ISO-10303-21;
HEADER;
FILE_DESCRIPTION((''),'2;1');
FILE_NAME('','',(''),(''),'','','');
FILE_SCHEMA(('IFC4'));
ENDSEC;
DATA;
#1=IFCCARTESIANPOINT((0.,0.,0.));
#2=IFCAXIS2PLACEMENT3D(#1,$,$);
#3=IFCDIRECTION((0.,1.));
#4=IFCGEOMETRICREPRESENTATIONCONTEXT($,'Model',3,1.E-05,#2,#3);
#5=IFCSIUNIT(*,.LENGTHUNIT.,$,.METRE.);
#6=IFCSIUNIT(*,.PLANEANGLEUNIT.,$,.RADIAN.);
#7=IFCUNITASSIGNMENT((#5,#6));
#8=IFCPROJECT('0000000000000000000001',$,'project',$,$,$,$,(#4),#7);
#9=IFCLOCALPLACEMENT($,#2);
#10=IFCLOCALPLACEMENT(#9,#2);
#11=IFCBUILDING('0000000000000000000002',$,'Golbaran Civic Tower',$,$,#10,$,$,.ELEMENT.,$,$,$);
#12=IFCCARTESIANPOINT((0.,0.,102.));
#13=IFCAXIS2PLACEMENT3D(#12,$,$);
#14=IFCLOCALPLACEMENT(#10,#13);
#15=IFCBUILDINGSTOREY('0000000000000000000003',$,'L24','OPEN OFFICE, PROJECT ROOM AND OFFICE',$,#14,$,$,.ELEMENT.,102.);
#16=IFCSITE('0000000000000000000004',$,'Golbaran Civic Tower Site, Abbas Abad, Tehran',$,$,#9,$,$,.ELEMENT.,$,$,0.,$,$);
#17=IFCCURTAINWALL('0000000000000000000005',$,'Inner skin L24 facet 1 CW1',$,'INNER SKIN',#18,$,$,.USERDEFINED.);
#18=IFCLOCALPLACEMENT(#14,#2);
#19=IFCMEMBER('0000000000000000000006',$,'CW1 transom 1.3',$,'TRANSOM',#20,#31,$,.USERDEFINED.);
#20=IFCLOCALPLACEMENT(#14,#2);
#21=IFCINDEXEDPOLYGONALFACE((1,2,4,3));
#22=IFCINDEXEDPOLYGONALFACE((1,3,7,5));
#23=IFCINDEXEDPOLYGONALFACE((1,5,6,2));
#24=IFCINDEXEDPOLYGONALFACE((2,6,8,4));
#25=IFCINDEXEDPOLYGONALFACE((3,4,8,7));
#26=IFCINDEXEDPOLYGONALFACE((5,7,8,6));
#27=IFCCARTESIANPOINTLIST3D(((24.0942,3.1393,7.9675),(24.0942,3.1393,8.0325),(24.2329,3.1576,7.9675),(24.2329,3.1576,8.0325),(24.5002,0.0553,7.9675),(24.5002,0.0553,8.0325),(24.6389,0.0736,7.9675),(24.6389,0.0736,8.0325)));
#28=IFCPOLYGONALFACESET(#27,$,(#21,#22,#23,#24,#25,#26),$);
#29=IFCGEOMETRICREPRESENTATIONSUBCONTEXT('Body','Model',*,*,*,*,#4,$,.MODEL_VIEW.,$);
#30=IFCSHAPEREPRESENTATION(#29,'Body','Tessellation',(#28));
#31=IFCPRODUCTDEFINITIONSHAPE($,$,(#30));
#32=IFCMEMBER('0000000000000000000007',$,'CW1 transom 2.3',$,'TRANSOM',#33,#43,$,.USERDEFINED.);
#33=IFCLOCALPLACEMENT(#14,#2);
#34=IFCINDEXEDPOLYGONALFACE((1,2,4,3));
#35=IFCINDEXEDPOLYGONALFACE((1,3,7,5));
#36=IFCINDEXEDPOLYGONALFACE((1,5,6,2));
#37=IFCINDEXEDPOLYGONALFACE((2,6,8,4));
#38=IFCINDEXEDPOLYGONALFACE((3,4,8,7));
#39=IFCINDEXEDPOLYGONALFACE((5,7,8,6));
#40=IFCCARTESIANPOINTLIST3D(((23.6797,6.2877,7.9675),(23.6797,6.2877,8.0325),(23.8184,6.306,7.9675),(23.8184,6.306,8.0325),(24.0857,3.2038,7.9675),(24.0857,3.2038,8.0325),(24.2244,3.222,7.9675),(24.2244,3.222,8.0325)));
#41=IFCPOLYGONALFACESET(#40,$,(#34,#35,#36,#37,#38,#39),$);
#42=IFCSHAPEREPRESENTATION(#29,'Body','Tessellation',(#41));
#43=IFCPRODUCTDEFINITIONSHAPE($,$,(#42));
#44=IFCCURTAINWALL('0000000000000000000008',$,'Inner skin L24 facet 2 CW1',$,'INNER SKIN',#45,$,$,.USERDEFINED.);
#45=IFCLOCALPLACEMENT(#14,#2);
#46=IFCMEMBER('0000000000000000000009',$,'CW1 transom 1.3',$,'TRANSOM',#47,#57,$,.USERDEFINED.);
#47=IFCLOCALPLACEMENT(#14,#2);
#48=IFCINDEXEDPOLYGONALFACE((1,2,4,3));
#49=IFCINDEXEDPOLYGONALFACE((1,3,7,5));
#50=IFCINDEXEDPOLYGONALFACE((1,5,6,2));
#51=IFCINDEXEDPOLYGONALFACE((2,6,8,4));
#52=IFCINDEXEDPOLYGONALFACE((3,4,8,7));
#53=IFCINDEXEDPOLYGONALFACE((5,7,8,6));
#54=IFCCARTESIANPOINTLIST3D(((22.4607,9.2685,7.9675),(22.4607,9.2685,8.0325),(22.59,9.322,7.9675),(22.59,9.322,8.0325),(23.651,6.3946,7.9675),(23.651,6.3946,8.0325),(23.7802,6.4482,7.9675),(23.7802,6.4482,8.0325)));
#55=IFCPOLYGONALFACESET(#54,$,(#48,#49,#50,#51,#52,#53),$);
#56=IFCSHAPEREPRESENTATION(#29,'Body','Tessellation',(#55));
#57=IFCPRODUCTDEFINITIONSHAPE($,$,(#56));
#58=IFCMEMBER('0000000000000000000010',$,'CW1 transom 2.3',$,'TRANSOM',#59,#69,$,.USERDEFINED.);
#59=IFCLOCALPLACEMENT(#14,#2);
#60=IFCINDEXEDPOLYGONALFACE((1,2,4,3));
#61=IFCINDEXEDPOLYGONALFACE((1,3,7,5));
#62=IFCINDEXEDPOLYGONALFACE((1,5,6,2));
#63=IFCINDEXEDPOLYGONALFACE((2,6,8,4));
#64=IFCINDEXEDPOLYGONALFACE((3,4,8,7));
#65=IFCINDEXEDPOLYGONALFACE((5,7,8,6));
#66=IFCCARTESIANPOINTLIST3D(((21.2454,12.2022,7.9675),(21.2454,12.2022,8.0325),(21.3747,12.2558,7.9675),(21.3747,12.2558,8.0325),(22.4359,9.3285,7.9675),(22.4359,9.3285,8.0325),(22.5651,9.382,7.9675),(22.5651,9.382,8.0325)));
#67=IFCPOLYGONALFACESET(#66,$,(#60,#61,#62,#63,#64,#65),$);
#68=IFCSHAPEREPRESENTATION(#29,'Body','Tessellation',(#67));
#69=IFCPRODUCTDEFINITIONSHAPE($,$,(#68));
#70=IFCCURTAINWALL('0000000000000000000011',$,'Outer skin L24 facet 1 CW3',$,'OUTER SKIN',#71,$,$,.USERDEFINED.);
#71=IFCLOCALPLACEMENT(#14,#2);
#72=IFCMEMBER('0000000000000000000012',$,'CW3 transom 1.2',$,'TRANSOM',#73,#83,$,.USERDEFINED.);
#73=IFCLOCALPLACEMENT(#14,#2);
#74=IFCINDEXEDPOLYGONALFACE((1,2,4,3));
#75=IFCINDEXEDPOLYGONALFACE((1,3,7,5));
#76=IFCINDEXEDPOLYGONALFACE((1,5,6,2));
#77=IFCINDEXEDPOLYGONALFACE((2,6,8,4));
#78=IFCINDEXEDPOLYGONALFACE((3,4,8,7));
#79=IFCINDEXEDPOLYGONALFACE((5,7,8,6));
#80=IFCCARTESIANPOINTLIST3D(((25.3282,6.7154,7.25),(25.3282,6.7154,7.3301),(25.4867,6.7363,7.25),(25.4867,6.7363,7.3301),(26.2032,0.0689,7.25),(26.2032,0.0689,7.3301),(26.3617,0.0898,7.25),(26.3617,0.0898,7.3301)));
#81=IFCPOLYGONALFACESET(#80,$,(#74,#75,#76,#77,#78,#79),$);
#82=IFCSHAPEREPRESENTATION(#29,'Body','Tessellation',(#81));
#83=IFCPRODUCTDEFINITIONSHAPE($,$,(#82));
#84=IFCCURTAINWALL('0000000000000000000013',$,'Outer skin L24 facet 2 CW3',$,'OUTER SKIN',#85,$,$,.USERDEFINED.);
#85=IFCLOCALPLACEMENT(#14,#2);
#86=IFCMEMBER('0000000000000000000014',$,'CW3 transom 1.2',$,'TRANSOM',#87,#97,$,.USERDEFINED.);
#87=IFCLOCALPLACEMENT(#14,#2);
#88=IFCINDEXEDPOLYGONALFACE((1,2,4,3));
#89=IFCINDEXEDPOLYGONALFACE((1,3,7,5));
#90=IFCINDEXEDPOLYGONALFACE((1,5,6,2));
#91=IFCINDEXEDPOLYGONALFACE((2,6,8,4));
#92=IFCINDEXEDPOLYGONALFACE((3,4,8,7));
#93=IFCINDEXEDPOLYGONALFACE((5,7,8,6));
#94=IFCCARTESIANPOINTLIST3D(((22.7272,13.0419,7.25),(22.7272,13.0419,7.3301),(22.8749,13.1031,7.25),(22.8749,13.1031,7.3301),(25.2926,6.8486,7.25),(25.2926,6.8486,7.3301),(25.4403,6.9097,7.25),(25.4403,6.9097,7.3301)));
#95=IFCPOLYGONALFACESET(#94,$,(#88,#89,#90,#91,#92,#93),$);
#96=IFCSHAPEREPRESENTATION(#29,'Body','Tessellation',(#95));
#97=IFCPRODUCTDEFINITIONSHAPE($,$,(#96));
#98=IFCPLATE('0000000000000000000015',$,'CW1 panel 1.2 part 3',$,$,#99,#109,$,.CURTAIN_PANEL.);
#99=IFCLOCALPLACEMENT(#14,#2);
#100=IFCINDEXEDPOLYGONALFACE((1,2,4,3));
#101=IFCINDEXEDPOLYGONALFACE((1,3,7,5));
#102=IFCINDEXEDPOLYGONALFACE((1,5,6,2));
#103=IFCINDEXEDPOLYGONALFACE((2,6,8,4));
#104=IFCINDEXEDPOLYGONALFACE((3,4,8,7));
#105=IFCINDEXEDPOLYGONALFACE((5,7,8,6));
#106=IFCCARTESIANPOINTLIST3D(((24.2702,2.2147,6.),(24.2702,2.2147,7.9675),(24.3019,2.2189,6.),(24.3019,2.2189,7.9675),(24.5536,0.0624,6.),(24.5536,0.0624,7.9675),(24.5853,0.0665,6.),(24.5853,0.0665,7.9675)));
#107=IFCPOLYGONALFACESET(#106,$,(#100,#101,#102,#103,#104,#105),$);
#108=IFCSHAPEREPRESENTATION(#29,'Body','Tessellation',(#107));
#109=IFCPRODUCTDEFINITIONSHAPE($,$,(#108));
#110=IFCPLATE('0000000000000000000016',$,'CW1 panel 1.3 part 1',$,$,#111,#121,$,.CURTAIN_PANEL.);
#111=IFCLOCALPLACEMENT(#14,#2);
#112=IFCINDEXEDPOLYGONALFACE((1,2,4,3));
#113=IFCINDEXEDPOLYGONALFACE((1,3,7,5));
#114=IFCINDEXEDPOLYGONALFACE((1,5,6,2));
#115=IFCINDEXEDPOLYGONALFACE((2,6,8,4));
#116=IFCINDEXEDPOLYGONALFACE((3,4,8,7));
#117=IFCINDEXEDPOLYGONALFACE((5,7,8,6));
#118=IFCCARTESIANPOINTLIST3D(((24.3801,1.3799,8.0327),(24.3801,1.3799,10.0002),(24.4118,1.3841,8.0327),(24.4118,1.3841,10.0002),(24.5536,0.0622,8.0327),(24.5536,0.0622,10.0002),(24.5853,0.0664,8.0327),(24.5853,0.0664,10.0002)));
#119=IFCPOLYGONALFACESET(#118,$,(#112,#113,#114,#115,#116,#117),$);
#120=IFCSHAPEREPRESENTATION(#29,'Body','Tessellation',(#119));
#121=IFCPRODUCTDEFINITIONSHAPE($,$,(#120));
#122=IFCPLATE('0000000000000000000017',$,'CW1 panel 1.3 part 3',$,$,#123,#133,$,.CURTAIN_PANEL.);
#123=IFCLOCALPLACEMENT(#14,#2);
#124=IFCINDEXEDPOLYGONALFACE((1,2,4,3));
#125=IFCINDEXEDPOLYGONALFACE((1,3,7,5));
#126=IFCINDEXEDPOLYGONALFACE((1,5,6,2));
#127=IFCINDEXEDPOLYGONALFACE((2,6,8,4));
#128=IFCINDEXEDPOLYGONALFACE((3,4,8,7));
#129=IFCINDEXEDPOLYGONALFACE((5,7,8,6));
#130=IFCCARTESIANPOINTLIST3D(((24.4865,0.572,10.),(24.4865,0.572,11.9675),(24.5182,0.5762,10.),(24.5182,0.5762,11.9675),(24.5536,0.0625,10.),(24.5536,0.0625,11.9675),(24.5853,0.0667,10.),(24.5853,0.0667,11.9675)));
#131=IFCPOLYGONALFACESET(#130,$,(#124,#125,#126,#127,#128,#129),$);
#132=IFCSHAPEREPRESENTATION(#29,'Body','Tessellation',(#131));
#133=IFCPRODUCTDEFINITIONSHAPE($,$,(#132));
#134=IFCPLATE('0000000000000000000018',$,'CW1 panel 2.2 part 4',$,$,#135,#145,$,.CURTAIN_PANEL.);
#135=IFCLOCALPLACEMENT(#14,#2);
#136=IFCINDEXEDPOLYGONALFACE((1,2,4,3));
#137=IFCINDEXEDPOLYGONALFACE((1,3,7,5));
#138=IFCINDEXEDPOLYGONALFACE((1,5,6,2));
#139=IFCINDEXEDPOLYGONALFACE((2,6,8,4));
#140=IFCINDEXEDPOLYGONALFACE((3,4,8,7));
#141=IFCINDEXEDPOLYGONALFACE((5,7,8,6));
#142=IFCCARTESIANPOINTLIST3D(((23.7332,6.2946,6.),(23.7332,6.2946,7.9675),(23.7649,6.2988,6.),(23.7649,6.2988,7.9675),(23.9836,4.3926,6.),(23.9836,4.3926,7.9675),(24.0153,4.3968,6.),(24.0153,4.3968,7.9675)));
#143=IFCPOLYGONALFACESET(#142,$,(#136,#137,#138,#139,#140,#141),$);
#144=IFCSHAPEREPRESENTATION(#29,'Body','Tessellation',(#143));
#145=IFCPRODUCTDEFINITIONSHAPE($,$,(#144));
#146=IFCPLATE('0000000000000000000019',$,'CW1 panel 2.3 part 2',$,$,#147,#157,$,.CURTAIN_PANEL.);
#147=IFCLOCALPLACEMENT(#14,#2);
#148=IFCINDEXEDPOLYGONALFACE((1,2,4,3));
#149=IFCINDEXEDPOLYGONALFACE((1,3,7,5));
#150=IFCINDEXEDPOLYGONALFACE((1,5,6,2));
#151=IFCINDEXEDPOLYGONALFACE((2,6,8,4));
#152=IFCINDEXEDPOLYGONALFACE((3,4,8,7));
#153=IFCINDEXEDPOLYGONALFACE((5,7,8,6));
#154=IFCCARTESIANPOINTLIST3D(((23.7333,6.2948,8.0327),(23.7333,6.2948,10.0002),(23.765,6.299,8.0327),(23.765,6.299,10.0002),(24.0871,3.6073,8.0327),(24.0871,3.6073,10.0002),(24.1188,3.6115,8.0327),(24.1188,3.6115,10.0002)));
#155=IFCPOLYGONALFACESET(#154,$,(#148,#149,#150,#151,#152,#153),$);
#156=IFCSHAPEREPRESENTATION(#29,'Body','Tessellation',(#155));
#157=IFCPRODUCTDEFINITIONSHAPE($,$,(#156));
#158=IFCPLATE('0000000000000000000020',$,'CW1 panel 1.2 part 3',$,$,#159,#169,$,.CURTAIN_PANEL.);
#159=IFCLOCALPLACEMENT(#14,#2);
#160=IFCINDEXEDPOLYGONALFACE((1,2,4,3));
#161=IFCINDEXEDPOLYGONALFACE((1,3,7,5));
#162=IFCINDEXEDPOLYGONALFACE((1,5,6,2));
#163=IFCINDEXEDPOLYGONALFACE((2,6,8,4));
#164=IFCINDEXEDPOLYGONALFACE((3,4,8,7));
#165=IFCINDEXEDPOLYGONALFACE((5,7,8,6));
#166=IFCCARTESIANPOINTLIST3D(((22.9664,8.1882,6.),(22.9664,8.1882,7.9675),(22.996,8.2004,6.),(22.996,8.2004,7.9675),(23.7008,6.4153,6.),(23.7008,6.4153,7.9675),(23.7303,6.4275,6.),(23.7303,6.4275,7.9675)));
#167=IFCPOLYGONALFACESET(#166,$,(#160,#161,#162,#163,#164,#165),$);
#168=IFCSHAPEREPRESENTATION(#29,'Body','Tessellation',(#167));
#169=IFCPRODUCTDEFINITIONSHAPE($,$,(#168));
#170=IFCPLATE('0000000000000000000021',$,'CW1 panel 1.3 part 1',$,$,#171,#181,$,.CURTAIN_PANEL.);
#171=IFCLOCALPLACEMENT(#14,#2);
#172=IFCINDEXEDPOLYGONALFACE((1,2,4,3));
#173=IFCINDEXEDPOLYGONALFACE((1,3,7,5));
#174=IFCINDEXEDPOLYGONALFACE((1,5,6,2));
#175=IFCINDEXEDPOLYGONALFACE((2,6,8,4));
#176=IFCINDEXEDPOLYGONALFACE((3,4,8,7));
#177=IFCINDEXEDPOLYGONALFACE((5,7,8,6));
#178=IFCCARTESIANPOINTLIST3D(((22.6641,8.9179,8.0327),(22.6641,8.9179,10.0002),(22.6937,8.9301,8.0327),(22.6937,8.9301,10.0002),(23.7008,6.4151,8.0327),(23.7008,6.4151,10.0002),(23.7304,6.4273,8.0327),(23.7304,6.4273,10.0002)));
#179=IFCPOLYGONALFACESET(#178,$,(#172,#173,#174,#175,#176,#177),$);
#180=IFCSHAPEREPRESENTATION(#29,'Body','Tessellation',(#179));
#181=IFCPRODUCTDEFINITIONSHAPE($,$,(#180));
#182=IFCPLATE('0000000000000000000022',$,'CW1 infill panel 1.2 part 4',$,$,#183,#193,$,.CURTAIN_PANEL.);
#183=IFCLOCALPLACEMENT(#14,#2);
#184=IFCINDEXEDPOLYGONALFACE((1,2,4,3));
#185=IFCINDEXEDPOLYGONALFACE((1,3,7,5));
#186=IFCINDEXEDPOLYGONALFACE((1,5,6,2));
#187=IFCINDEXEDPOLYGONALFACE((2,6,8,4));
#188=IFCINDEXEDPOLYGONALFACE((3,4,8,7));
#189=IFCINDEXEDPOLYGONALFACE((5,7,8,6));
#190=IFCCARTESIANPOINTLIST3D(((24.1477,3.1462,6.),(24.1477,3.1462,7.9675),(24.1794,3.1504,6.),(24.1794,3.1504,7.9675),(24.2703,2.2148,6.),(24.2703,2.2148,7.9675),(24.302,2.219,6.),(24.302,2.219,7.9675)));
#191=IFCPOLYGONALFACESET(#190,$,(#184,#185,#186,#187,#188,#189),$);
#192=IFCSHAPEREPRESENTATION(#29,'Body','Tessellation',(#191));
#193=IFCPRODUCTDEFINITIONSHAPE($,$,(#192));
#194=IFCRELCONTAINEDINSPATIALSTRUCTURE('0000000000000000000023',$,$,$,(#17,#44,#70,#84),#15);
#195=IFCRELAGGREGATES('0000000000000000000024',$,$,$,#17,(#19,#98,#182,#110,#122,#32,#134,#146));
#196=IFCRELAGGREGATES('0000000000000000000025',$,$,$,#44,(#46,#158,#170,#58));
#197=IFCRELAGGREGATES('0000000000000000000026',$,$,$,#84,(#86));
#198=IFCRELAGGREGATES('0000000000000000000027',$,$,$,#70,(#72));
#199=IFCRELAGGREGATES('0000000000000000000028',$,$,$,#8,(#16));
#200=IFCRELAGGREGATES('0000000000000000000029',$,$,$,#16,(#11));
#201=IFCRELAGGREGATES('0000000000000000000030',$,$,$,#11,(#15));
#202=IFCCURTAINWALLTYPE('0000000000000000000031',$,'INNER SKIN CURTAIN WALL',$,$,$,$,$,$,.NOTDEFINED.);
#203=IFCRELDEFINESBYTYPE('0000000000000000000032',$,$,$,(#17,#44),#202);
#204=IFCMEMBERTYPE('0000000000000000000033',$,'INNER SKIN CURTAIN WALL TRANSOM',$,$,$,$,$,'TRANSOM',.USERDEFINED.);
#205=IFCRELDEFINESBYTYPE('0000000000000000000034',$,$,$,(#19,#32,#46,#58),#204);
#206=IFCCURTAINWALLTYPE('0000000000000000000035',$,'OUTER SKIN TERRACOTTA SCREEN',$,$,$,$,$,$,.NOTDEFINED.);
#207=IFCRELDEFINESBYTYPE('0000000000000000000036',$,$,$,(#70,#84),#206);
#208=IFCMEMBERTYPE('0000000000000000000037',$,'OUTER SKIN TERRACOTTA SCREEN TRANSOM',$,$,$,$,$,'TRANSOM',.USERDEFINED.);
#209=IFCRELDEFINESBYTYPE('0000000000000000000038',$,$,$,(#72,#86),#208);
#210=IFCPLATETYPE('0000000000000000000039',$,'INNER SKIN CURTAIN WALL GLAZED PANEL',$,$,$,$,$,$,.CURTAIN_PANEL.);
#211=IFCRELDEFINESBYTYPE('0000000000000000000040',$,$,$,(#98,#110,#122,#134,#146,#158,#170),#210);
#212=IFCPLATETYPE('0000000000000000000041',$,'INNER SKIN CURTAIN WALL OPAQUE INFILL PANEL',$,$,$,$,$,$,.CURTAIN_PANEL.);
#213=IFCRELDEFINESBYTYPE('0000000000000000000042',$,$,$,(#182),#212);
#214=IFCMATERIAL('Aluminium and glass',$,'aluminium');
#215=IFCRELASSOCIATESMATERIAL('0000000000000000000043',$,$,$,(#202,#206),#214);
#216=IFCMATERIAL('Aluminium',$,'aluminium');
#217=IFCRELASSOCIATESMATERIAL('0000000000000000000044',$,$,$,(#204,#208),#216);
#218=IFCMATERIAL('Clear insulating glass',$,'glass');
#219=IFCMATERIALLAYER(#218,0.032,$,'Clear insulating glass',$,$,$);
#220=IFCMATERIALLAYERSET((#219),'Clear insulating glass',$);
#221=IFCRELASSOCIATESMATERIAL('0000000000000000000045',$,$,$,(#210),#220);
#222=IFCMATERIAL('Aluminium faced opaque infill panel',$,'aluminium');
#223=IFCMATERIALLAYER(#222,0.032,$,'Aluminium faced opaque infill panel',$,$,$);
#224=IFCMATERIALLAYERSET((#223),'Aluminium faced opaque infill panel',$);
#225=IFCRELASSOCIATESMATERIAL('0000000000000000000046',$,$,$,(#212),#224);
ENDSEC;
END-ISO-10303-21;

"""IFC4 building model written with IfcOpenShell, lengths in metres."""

from ifc_helpers import new_model, si_unit, direction, frame, origin, origin_2d, place, context, subcontext, project, spatial, rectangle, extrude, material, layer, layer_set, material_profile, profile_set, type_object, element, aggregate, save


model = new_model("IFC4")

# Units and contexts
model_context = context("Model", 3, precision=1e-05, world=origin(), true_north=direction((0.0, 1.0)))
body_context = subcontext(model_context, "Body", "Model", "MODEL_VIEW")
ifc_project = project(units=[si_unit("LENGTHUNIT", "METRE"), si_unit("PLANEANGLEUNIT", "RADIAN")], contexts=[model_context])

# Site, building, storey
site_placement = place(None, origin())
site = spatial("IfcSite", under=ifc_project, at=site_placement, Name="Golbaran Civic Tower Site, Abbas Abad, Tehran", CompositionType="ELEMENT", RefElevation=0.0)
building_placement = place(site_placement, origin())
building = spatial("IfcBuilding", under=site, at=building_placement, Name="Golbaran Civic Tower", CompositionType="ELEMENT")
storey_placement = place(building_placement, frame((0.0, 0.0, 102.0)))
storey = spatial("IfcBuildingStorey", under=building, at=storey_placement, Name="L24", Description="OPEN OFFICE, PROJECT ROOM AND OFFICE", CompositionType="ELEMENT", Elevation=102.0)

# Curtain walls, members
ifc_material_1 = material(Name="Aluminium and glass", Category="aluminium")
curtain_wall_type_1 = type_object("IfcCurtainWallType", Name="INNER SKIN CURTAIN WALL", PredefinedType="NOTDEFINED", material=ifc_material_1)
curtain_wall_1_placement = place(storey_placement, origin())
curtain_wall_1 = element("IfcCurtainWall", 1, at=curtain_wall_1_placement, inside=storey, type_object=curtain_wall_type_1, Name="Inner skin L24 facet 1 CW1", ObjectType="INNER SKIN", PredefinedType="USERDEFINED")
ifc_material_2 = material(Name="Aluminium", Category="aluminium")
ifc_material_profile_1 = material_profile(ifc_material_2, rectangle(XDim=0.1399, YDim=0.0649, at=origin_2d()), Name="INNER SKIN CURTAIN WALL TRANSOM")
ifc_profile_set_1 = profile_set([ifc_material_profile_1], Name="Aluminium")
member_type_1 = type_object("IfcMemberType", Name="INNER SKIN CURTAIN WALL TRANSOM", ElementType="TRANSOM", PredefinedType="USERDEFINED", material=ifc_profile_set_1)
member_1_placement = place(storey_placement, frame((24.5696, 0.0645, 8.0), z_axis=(-0.130524, 0.991445, 0.0), x_axis=(-0.991445, -0.130524, 0.0)))
member_1 = element("IfcMember", 2, at=member_1_placement, type_object=member_type_1, Name="CW1 transom 1.3", ObjectType="TRANSOM", PredefinedType="USERDEFINED", context=body_context, shape_type="SweptSolid", body=[
    extrude(rectangle(XDim=0.1399, YDim=0.0649, at=origin_2d()), origin(), (0.0, 0.0, 1.0), 3.1106),
])
member_2_placement = place(storey_placement, frame((24.155, 3.2129, 8.0), z_axis=(-0.130524, 0.991445, 0.0), x_axis=(-0.991445, -0.130524, 0.0)))
member_2 = element("IfcMember", 3, at=member_2_placement, type_object=member_type_1, Name="CW1 transom 2.3", ObjectType="TRANSOM", PredefinedType="USERDEFINED", context=body_context, shape_type="SweptSolid", body=[
    extrude(rectangle(XDim=0.1399, YDim=0.0649, at=origin_2d()), origin(), (0.0, 0.0, 1.0), 3.1106),
])
curtain_wall_2_placement = place(storey_placement, origin())
curtain_wall_2 = element("IfcCurtainWall", 4, at=curtain_wall_2_placement, inside=storey, type_object=curtain_wall_type_1, Name="Inner skin L24 facet 2 CW1", ObjectType="INNER SKIN", PredefinedType="USERDEFINED")
member_3_placement = place(storey_placement, frame((23.7156, 6.4214, 8.0), z_axis=(-0.382636, 0.923899, 0.0), x_axis=(-0.923899, -0.382636, 0.0)))
member_3 = element("IfcMember", 5, at=member_3_placement, type_object=member_type_1, Name="CW1 transom 1.3", ObjectType="TRANSOM", PredefinedType="USERDEFINED", context=body_context, shape_type="SweptSolid", body=[
    extrude(rectangle(XDim=0.1399, YDim=0.0649, at=origin_2d()), origin(), (0.0, 0.0, 1.0), 3.1106),
])
member_4_placement = place(storey_placement, frame((22.5005, 9.3552, 8.0), z_axis=(-0.382703, 0.923871, 0.0), x_axis=(-0.923871, -0.382703, 0.0)))
member_4 = element("IfcMember", 6, at=member_4_placement, type_object=member_type_1, Name="CW1 transom 2.3", ObjectType="TRANSOM", PredefinedType="USERDEFINED", context=body_context, shape_type="SweptSolid", body=[
    extrude(rectangle(XDim=0.1399, YDim=0.0649, at=origin_2d()), origin(), (0.0, 0.0, 1.0), 3.1106),
])

# Curtain walls, members
curtain_wall_type_2 = type_object("IfcCurtainWallType", Name="OUTER SKIN TERRACOTTA SCREEN", PredefinedType="NOTDEFINED", material=ifc_material_1)
curtain_wall_3_placement = place(storey_placement, origin())
curtain_wall_3 = element("IfcCurtainWall", 7, at=curtain_wall_3_placement, inside=storey, type_object=curtain_wall_type_2, Name="Outer skin L24 facet 1 CW3", ObjectType="OUTER SKIN", PredefinedType="USERDEFINED")
ifc_material_profile_2 = material_profile(ifc_material_2, rectangle(XDim=0.1599, YDim=0.0801, at=origin_2d()), Name="OUTER SKIN TERRACOTTA SCREEN TRANSOM")
ifc_profile_set_2 = profile_set([ifc_material_profile_2], Name="Aluminium")
member_type_2 = type_object("IfcMemberType", Name="OUTER SKIN TERRACOTTA SCREEN TRANSOM", ElementType="TRANSOM", PredefinedType="USERDEFINED", material=ifc_profile_set_2)
member_5_placement = place(storey_placement, frame((26.2825, 0.0793, 7.29), z_axis=(-0.130522, 0.991445, 0.0), x_axis=(-0.991445, -0.130522, 0.0)))
member_5 = element("IfcMember", 8, at=member_5_placement, type_object=member_type_2, Name="CW3 transom 1.2", ObjectType="TRANSOM", PredefinedType="USERDEFINED", context=body_context, shape_type="SweptSolid", body=[
    extrude(rectangle(XDim=0.1599, YDim=0.0801, at=origin_2d()), origin(), (0.0, 0.0, 1.0), 6.7039),
])
curtain_wall_4_placement = place(storey_placement, origin())
curtain_wall_4 = element("IfcCurtainWall", 9, at=curtain_wall_4_placement, inside=storey, type_object=curtain_wall_type_2, Name="Outer skin L24 facet 2 CW3", ObjectType="OUTER SKIN", PredefinedType="USERDEFINED")
member_6_placement = place(storey_placement, frame((25.3665, 6.8792, 7.29), z_axis=(-0.382691, 0.923877, 0.0), x_axis=(-0.923877, -0.382691, 0.0)))
member_6 = element("IfcMember", 10, at=member_6_placement, type_object=member_type_2, Name="CW3 transom 1.2", ObjectType="TRANSOM", PredefinedType="USERDEFINED", context=body_context, shape_type="SweptSolid", body=[
    extrude(rectangle(XDim=0.1599, YDim=0.0801, at=origin_2d()), origin(), (0.0, 0.0, 1.0), 6.7036),
])

# Plates
ifc_material_3 = material(Name="Clear insulating glass", Category="glass")
ifc_layer_1 = layer(ifc_material_3, 0.032, Name="Clear insulating glass")
ifc_layer_set_1 = layer_set([ifc_layer_1], Name="Clear insulating glass")
plate_type_1 = type_object("IfcPlateType", Name="INNER SKIN CURTAIN WALL GLAZED PANEL", PredefinedType="CURTAIN_PANEL", material=ifc_layer_set_1)
plate_1_placement = place(storey_placement, frame((24.4277, 1.1406, 6.0), z_axis=(0.0, 0.0, 1.0), x_axis=(-0.130526, 0.991445, 0.0)))
plate_1 = element("IfcPlate", 11, at=plate_1_placement, type_object=plate_type_1, Name="CW1 panel 1.2 part 3", PredefinedType="CURTAIN_PANEL", context=body_context, shape_type="SweptSolid", body=[
    extrude(rectangle(XDim=2.1709, YDim=0.032, at=origin_2d()), origin(), (0.0, 0.0, 1.0), 1.9675),
])
plate_2_placement = place(storey_placement, frame((24.4827, 0.7231, 8.0327), z_axis=(0.0, 0.0, 1.0), x_axis=(-0.130526, 0.991445, 0.0)))
plate_2 = element("IfcPlate", 12, at=plate_2_placement, type_object=plate_type_1, Name="CW1 panel 1.3 part 1", PredefinedType="CURTAIN_PANEL", context=body_context, shape_type="SweptSolid", body=[
    extrude(rectangle(XDim=1.3291, YDim=0.032, at=origin_2d()), origin(), (0.0, 0.0, 1.0), 1.9675),
])
plate_3_placement = place(storey_placement, frame((24.5359, 0.3193, 10.0), z_axis=(0.0, 0.0, 1.0), x_axis=(-0.130526, 0.991445, 0.0)))
plate_3 = element("IfcPlate", 13, at=plate_3_placement, type_object=plate_type_1, Name="CW1 panel 1.3 part 3", PredefinedType="CURTAIN_PANEL", context=body_context, shape_type="SweptSolid", body=[
    extrude(rectangle(XDim=0.5139, YDim=0.032, at=origin_2d()), origin(), (0.0, 0.0, 1.0), 1.9675),
])
plate_4_placement = place(storey_placement, frame((23.8743, 5.3457, 6.0), z_axis=(0.0, 0.0, 1.0), x_axis=(-0.130526, 0.991445, 0.0)))
plate_4 = element("IfcPlate", 14, at=plate_4_placement, type_object=plate_type_1, Name="CW1 panel 2.2 part 4", PredefinedType="CURTAIN_PANEL", context=body_context, shape_type="SweptSolid", body=[
    extrude(rectangle(XDim=1.9185, YDim=0.032, at=origin_2d()), origin(), (0.0, 0.0, 1.0), 1.9675),
])
plate_5_placement = place(storey_placement, frame((23.926, 4.9531, 8.0327), z_axis=(0.0, 0.0, 1.0), x_axis=(-0.130526, 0.991445, 0.0)))
plate_5 = element("IfcPlate", 15, at=plate_5_placement, type_object=plate_type_1, Name="CW1 panel 2.3 part 2", PredefinedType="CURTAIN_PANEL", context=body_context, shape_type="SweptSolid", body=[
    extrude(rectangle(XDim=2.7107, YDim=0.032, at=origin_2d()), origin(), (0.0, 0.0, 1.0), 1.9675),
])
plate_6_placement = place(storey_placement, frame((23.3484, 7.3079, 6.0), z_axis=(0.0, 0.0, 1.0), x_axis=(-0.382683, 0.92388, 0.0)))
plate_6 = element("IfcPlate", 16, at=plate_6_placement, type_object=plate_type_1, Name="CW1 panel 1.2 part 3", PredefinedType="CURTAIN_PANEL", context=body_context, shape_type="SweptSolid", body=[
    extrude(rectangle(XDim=1.9189, YDim=0.032, at=origin_2d()), origin(), (0.0, 0.0, 1.0), 1.9675),
])
plate_7_placement = place(storey_placement, frame((23.1973, 7.6726, 8.0327), z_axis=(0.0, 0.0, 1.0), x_axis=(-0.382683, 0.92388, 0.0)))
plate_7 = element("IfcPlate", 17, at=plate_7_placement, type_object=plate_type_1, Name="CW1 panel 1.3 part 1", PredefinedType="CURTAIN_PANEL", context=body_context, shape_type="SweptSolid", body=[
    extrude(rectangle(XDim=2.709, YDim=0.032, at=origin_2d()), origin(), (0.0, 0.0, 1.0), 1.9675),
])
ifc_material_4 = material(Name="Aluminium faced opaque infill panel", Category="aluminium")
ifc_layer_2 = layer(ifc_material_4, 0.032, Name="Aluminium faced opaque infill panel")
ifc_layer_set_2 = layer_set([ifc_layer_2], Name="Aluminium faced opaque infill panel")
plate_type_2 = type_object("IfcPlateType", Name="INNER SKIN CURTAIN WALL OPAQUE INFILL PANEL", PredefinedType="CURTAIN_PANEL", material=ifc_layer_set_2)
plate_8_placement = place(storey_placement, frame((24.2249, 2.6826, 6.0), z_axis=(0.0, 0.0, 1.0), x_axis=(-0.130526, 0.991445, 0.0)))
plate_8 = element("IfcPlate", 18, at=plate_8_placement, type_object=plate_type_2, Name="CW1 infill panel 1.2 part 4", PredefinedType="CURTAIN_PANEL", context=body_context, shape_type="SweptSolid", body=[
    extrude(rectangle(XDim=0.9395, YDim=0.032, at=origin_2d()), origin(), (0.0, 0.0, 1.0), 1.9675),
])
aggregate(curtain_wall_1, [member_1, plate_1, plate_8, plate_2, plate_3, member_2, plate_4, plate_5])
aggregate(curtain_wall_2, [member_3, plate_6, plate_7, member_4])
aggregate(curtain_wall_4, [member_6])
aggregate(curtain_wall_3, [member_5])

save(model, "model.ifc")
